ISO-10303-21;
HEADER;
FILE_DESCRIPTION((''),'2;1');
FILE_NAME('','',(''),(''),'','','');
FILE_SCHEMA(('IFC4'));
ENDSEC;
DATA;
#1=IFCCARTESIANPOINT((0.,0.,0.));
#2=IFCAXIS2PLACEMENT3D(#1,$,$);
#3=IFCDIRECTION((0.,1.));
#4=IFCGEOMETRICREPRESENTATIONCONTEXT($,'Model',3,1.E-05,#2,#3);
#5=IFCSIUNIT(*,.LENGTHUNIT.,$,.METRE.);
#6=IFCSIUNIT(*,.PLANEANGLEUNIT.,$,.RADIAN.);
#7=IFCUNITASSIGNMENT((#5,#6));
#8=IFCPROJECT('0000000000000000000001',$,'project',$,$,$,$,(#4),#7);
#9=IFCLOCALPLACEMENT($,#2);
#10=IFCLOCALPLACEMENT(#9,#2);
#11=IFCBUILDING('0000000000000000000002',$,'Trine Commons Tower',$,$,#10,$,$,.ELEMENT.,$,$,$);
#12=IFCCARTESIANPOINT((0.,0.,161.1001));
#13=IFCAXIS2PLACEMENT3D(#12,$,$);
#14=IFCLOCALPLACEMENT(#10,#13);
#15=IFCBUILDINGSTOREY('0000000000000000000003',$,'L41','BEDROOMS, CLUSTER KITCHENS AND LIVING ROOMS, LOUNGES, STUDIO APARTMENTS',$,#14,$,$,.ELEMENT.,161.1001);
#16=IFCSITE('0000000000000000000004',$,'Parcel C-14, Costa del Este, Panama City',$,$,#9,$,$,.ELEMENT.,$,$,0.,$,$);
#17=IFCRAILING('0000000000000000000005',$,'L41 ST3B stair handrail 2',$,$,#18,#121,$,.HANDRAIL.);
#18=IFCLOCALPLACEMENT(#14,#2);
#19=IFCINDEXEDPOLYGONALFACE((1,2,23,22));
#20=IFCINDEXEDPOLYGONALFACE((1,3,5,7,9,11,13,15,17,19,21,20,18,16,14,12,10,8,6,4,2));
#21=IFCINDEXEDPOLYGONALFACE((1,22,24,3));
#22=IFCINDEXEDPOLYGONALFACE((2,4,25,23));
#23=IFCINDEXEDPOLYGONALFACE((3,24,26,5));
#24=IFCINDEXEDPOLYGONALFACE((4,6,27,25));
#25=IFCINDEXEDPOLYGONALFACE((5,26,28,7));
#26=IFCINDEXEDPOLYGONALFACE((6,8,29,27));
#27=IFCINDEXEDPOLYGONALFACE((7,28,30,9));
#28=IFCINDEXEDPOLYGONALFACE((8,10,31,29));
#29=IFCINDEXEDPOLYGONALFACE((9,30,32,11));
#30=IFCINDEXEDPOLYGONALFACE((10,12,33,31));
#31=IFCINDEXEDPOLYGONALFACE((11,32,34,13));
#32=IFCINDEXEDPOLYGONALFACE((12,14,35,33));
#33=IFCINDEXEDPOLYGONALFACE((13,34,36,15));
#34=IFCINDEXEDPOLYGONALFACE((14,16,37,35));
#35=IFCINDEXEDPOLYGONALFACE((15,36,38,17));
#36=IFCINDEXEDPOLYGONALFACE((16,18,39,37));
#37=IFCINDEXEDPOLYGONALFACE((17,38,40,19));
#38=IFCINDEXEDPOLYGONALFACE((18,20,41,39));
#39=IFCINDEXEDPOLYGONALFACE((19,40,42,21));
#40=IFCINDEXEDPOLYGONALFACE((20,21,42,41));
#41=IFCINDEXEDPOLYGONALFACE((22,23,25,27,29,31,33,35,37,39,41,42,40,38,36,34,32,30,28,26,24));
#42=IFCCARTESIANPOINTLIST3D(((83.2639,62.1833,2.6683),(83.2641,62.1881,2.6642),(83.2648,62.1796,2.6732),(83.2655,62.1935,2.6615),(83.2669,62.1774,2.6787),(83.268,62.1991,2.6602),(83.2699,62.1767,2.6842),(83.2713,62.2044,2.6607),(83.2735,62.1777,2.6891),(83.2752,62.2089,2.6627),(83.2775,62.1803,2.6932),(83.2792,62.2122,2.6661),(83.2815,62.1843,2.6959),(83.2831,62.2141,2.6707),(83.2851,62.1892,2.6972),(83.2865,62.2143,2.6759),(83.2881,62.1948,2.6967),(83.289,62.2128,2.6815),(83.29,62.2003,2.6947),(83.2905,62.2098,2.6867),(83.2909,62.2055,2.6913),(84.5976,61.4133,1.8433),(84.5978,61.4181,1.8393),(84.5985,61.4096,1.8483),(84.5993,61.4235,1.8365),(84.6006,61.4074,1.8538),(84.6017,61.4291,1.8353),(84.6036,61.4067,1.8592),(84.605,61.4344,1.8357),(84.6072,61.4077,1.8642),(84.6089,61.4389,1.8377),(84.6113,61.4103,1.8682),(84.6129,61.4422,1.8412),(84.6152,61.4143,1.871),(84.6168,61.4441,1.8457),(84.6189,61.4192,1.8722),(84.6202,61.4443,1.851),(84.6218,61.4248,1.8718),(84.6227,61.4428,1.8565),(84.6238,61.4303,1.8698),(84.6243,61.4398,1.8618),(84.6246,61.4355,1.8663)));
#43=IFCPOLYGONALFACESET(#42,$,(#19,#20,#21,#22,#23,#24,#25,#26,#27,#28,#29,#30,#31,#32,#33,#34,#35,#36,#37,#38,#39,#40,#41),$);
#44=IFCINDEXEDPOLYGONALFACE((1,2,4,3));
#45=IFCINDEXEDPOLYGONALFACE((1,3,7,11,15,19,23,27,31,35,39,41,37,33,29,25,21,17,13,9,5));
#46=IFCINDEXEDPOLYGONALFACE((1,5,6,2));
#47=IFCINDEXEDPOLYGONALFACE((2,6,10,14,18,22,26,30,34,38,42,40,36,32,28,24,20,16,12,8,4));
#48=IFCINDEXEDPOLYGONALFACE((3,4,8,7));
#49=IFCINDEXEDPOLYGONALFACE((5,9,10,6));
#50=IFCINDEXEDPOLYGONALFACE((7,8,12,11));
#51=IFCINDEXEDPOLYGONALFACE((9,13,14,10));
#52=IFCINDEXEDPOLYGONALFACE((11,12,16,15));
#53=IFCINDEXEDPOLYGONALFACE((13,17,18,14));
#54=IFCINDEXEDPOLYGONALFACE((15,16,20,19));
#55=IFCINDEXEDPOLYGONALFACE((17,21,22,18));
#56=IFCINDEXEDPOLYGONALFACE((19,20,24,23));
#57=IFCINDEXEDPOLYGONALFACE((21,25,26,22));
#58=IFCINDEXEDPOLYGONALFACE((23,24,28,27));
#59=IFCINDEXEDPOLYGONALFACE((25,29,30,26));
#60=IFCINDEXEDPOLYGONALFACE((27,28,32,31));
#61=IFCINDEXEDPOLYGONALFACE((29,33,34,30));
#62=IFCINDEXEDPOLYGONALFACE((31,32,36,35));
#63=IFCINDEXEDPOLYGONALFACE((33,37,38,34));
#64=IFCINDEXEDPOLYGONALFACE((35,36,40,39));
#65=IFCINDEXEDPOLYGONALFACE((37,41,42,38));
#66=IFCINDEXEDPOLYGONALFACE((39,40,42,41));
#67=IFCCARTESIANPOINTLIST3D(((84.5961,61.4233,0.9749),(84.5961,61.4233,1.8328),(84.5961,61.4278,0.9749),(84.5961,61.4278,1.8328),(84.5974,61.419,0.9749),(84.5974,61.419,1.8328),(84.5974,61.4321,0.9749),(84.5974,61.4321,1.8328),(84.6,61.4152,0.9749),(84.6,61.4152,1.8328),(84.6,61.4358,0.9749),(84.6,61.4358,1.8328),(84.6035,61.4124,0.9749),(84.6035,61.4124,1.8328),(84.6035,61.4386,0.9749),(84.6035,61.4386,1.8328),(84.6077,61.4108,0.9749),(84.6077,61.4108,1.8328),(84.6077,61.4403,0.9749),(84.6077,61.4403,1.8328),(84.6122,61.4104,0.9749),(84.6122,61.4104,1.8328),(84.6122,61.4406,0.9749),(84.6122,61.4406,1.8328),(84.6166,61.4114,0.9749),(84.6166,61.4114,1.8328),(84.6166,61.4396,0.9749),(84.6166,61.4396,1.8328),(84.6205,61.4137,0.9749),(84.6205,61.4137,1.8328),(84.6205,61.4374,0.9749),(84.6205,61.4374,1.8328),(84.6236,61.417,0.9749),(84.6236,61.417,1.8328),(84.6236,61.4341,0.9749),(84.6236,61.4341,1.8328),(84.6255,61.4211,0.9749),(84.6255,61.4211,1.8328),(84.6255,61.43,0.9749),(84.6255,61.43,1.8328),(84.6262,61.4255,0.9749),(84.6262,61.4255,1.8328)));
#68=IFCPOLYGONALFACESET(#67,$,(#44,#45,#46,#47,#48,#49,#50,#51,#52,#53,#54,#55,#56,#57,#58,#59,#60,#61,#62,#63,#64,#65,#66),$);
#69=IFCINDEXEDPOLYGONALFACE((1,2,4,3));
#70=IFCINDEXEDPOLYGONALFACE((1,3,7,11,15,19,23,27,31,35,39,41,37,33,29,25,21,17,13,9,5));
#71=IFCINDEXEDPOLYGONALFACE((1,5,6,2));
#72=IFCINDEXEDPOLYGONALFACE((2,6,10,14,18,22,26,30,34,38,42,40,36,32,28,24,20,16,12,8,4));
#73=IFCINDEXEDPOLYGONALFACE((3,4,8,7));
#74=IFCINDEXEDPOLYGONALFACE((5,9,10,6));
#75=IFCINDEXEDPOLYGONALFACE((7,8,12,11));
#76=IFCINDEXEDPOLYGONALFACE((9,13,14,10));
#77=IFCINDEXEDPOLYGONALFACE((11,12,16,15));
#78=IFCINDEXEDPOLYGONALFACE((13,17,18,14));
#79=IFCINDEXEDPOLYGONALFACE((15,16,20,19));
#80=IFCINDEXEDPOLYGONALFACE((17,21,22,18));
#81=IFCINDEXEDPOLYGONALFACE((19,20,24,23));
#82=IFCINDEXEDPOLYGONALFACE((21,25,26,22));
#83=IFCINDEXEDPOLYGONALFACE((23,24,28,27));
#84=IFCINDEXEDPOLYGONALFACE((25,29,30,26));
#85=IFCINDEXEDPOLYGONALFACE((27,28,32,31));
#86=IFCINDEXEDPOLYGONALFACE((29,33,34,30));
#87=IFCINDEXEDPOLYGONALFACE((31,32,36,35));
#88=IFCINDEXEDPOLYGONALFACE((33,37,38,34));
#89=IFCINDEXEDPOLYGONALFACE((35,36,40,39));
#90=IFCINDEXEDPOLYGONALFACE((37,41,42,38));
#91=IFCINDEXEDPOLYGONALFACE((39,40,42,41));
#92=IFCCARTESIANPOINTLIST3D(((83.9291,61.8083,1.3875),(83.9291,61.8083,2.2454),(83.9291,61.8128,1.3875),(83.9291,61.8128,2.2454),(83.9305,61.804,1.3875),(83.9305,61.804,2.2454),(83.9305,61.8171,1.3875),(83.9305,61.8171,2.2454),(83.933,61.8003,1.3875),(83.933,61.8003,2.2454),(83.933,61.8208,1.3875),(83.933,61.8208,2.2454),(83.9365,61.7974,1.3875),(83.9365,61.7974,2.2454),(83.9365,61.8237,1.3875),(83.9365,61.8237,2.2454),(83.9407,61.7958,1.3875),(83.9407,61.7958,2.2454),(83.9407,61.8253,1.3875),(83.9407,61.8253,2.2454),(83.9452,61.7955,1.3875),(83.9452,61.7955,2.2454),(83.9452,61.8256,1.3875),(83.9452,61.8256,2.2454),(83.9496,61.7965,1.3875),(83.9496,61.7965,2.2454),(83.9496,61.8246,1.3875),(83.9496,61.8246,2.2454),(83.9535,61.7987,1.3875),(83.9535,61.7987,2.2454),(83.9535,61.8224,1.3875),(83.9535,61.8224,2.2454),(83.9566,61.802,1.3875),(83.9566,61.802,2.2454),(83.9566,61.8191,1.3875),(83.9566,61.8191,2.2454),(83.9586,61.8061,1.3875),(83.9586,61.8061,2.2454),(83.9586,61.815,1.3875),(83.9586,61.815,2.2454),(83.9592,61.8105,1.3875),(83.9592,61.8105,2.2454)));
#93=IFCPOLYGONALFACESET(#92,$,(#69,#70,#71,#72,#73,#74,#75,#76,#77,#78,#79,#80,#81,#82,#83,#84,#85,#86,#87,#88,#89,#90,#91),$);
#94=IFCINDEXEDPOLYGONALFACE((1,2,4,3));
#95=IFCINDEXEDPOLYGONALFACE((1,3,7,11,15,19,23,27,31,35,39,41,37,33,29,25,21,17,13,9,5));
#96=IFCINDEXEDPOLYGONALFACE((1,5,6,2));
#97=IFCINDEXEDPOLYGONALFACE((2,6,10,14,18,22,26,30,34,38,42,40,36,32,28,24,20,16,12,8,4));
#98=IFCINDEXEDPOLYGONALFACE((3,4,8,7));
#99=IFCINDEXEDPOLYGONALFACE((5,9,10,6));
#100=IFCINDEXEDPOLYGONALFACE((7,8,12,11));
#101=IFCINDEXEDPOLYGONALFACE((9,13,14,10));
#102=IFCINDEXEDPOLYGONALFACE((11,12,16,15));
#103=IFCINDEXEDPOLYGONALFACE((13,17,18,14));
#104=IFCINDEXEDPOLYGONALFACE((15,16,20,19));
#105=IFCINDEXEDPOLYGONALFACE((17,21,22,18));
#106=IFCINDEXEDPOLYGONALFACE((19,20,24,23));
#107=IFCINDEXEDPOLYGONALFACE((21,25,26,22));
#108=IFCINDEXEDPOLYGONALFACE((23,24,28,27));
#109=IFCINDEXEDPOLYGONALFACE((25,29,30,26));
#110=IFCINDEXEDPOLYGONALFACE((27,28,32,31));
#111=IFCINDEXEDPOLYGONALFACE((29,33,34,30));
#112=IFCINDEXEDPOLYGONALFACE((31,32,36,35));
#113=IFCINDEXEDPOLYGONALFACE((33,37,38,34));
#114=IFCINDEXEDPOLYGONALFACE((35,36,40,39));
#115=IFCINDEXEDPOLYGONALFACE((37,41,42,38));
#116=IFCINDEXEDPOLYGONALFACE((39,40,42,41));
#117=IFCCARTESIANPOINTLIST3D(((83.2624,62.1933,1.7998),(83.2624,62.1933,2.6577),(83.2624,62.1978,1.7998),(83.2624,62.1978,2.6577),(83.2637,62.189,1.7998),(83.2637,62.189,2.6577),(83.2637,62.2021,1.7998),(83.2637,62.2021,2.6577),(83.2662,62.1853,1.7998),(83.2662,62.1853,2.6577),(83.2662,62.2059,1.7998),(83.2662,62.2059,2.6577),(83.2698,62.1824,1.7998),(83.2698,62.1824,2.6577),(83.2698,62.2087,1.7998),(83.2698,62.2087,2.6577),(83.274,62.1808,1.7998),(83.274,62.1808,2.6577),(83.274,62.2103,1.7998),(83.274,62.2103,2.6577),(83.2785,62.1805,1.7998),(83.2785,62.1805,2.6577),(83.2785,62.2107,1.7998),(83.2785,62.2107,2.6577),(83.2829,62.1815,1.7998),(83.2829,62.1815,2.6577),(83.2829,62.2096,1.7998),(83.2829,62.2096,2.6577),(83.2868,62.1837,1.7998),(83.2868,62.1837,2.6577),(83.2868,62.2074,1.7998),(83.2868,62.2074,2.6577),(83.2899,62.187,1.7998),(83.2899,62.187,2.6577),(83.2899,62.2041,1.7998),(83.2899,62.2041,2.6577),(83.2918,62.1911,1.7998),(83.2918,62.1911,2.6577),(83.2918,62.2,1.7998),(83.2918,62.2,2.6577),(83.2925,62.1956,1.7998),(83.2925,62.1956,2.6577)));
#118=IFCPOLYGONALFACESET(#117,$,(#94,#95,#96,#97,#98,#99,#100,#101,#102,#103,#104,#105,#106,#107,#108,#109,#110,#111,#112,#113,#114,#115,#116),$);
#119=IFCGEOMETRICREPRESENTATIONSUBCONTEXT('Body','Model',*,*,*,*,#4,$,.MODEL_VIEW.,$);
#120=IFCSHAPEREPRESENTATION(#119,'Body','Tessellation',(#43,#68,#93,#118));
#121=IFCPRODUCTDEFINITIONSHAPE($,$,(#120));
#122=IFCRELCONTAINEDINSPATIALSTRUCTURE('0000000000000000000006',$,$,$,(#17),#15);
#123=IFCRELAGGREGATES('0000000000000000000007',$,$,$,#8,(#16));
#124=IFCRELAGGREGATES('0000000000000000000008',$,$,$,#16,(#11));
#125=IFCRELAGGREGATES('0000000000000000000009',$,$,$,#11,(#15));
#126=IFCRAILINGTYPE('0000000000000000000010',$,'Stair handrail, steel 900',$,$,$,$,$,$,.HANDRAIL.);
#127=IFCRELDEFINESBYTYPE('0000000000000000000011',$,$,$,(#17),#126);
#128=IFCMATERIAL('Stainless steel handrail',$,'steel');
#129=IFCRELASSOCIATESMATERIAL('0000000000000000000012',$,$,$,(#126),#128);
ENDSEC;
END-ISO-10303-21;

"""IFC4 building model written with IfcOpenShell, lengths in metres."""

from ifc_helpers import new_model, si_unit, direction, frame, origin, origin_2d, place, context, subcontext, project, spatial, circle, extrude, material, type_object, element, save


model = new_model("IFC4")

# Units and contexts
model_context = context("Model", 3, precision=1e-05, world=origin(), true_north=direction((0.0, 1.0)))
body_context = subcontext(model_context, "Body", "Model", "MODEL_VIEW")
ifc_project = project(units=[si_unit("LENGTHUNIT", "METRE"), si_unit("PLANEANGLEUNIT", "RADIAN")], contexts=[model_context])

# Site, building, storey
site_placement = place(None, origin())
site = spatial("IfcSite", under=ifc_project, at=site_placement, Name="Parcel C-14, Costa del Este, Panama City", CompositionType="ELEMENT", RefElevation=0.0)
building_placement = place(site_placement, origin())
building = spatial("IfcBuilding", under=site, at=building_placement, Name="Trine Commons Tower", CompositionType="ELEMENT")
storey_placement = place(building_placement, frame((0.0, 0.0, 161.1001)))
storey = spatial("IfcBuildingStorey", under=building, at=storey_placement, Name="L41", Description="BEDROOMS, CLUSTER KITCHENS AND LIVING ROOMS, LOUNGES, STUDIO APARTMENTS", CompositionType="ELEMENT", Elevation=161.1001)

# Railing
ifc_material_1 = material(Name="Stainless steel handrail", Category="steel")
railing_type_1 = type_object("IfcRailingType", Name="Stair handrail, steel 900", PredefinedType="HANDRAIL", material=ifc_material_1)
for number, where, name in (
    (1, (84.6111, 61.4255, 0.9749), "L41 ST3B stair handrail 2"),
):
    element("IfcRailing", number, at=place(storey_placement, frame(where)), inside=storey, type_object=railing_type_1, Name=name, PredefinedType="HANDRAIL", context=body_context, shape_type="SweptSolid", body=[
        extrude(circle(Radius=0.021, at=origin_2d()), frame((0.0, 0.0, 0.8789), z_axis=(-0.763405, 0.440743, 0.472185), x_axis=(-0.499992, -0.86603, 0.0)), (0.0, 0.0, 1.0), 1.7471),
        extrude(circle(Radius=0.0151, at=origin_2d()), origin(), (0.0, 0.0, 1.0), 0.8579),
        extrude(circle(Radius=0.0151, at=origin_2d()), frame((-0.667, 0.385, 0.4126)), (0.0, 0.0, 1.0), 0.8579),
        extrude(circle(Radius=0.0151, at=origin_2d()), frame((-1.3337, 0.77, 0.825)), (0.0, 0.0, 1.0), 0.8579),
    ])

save(model, "model.ifc")
